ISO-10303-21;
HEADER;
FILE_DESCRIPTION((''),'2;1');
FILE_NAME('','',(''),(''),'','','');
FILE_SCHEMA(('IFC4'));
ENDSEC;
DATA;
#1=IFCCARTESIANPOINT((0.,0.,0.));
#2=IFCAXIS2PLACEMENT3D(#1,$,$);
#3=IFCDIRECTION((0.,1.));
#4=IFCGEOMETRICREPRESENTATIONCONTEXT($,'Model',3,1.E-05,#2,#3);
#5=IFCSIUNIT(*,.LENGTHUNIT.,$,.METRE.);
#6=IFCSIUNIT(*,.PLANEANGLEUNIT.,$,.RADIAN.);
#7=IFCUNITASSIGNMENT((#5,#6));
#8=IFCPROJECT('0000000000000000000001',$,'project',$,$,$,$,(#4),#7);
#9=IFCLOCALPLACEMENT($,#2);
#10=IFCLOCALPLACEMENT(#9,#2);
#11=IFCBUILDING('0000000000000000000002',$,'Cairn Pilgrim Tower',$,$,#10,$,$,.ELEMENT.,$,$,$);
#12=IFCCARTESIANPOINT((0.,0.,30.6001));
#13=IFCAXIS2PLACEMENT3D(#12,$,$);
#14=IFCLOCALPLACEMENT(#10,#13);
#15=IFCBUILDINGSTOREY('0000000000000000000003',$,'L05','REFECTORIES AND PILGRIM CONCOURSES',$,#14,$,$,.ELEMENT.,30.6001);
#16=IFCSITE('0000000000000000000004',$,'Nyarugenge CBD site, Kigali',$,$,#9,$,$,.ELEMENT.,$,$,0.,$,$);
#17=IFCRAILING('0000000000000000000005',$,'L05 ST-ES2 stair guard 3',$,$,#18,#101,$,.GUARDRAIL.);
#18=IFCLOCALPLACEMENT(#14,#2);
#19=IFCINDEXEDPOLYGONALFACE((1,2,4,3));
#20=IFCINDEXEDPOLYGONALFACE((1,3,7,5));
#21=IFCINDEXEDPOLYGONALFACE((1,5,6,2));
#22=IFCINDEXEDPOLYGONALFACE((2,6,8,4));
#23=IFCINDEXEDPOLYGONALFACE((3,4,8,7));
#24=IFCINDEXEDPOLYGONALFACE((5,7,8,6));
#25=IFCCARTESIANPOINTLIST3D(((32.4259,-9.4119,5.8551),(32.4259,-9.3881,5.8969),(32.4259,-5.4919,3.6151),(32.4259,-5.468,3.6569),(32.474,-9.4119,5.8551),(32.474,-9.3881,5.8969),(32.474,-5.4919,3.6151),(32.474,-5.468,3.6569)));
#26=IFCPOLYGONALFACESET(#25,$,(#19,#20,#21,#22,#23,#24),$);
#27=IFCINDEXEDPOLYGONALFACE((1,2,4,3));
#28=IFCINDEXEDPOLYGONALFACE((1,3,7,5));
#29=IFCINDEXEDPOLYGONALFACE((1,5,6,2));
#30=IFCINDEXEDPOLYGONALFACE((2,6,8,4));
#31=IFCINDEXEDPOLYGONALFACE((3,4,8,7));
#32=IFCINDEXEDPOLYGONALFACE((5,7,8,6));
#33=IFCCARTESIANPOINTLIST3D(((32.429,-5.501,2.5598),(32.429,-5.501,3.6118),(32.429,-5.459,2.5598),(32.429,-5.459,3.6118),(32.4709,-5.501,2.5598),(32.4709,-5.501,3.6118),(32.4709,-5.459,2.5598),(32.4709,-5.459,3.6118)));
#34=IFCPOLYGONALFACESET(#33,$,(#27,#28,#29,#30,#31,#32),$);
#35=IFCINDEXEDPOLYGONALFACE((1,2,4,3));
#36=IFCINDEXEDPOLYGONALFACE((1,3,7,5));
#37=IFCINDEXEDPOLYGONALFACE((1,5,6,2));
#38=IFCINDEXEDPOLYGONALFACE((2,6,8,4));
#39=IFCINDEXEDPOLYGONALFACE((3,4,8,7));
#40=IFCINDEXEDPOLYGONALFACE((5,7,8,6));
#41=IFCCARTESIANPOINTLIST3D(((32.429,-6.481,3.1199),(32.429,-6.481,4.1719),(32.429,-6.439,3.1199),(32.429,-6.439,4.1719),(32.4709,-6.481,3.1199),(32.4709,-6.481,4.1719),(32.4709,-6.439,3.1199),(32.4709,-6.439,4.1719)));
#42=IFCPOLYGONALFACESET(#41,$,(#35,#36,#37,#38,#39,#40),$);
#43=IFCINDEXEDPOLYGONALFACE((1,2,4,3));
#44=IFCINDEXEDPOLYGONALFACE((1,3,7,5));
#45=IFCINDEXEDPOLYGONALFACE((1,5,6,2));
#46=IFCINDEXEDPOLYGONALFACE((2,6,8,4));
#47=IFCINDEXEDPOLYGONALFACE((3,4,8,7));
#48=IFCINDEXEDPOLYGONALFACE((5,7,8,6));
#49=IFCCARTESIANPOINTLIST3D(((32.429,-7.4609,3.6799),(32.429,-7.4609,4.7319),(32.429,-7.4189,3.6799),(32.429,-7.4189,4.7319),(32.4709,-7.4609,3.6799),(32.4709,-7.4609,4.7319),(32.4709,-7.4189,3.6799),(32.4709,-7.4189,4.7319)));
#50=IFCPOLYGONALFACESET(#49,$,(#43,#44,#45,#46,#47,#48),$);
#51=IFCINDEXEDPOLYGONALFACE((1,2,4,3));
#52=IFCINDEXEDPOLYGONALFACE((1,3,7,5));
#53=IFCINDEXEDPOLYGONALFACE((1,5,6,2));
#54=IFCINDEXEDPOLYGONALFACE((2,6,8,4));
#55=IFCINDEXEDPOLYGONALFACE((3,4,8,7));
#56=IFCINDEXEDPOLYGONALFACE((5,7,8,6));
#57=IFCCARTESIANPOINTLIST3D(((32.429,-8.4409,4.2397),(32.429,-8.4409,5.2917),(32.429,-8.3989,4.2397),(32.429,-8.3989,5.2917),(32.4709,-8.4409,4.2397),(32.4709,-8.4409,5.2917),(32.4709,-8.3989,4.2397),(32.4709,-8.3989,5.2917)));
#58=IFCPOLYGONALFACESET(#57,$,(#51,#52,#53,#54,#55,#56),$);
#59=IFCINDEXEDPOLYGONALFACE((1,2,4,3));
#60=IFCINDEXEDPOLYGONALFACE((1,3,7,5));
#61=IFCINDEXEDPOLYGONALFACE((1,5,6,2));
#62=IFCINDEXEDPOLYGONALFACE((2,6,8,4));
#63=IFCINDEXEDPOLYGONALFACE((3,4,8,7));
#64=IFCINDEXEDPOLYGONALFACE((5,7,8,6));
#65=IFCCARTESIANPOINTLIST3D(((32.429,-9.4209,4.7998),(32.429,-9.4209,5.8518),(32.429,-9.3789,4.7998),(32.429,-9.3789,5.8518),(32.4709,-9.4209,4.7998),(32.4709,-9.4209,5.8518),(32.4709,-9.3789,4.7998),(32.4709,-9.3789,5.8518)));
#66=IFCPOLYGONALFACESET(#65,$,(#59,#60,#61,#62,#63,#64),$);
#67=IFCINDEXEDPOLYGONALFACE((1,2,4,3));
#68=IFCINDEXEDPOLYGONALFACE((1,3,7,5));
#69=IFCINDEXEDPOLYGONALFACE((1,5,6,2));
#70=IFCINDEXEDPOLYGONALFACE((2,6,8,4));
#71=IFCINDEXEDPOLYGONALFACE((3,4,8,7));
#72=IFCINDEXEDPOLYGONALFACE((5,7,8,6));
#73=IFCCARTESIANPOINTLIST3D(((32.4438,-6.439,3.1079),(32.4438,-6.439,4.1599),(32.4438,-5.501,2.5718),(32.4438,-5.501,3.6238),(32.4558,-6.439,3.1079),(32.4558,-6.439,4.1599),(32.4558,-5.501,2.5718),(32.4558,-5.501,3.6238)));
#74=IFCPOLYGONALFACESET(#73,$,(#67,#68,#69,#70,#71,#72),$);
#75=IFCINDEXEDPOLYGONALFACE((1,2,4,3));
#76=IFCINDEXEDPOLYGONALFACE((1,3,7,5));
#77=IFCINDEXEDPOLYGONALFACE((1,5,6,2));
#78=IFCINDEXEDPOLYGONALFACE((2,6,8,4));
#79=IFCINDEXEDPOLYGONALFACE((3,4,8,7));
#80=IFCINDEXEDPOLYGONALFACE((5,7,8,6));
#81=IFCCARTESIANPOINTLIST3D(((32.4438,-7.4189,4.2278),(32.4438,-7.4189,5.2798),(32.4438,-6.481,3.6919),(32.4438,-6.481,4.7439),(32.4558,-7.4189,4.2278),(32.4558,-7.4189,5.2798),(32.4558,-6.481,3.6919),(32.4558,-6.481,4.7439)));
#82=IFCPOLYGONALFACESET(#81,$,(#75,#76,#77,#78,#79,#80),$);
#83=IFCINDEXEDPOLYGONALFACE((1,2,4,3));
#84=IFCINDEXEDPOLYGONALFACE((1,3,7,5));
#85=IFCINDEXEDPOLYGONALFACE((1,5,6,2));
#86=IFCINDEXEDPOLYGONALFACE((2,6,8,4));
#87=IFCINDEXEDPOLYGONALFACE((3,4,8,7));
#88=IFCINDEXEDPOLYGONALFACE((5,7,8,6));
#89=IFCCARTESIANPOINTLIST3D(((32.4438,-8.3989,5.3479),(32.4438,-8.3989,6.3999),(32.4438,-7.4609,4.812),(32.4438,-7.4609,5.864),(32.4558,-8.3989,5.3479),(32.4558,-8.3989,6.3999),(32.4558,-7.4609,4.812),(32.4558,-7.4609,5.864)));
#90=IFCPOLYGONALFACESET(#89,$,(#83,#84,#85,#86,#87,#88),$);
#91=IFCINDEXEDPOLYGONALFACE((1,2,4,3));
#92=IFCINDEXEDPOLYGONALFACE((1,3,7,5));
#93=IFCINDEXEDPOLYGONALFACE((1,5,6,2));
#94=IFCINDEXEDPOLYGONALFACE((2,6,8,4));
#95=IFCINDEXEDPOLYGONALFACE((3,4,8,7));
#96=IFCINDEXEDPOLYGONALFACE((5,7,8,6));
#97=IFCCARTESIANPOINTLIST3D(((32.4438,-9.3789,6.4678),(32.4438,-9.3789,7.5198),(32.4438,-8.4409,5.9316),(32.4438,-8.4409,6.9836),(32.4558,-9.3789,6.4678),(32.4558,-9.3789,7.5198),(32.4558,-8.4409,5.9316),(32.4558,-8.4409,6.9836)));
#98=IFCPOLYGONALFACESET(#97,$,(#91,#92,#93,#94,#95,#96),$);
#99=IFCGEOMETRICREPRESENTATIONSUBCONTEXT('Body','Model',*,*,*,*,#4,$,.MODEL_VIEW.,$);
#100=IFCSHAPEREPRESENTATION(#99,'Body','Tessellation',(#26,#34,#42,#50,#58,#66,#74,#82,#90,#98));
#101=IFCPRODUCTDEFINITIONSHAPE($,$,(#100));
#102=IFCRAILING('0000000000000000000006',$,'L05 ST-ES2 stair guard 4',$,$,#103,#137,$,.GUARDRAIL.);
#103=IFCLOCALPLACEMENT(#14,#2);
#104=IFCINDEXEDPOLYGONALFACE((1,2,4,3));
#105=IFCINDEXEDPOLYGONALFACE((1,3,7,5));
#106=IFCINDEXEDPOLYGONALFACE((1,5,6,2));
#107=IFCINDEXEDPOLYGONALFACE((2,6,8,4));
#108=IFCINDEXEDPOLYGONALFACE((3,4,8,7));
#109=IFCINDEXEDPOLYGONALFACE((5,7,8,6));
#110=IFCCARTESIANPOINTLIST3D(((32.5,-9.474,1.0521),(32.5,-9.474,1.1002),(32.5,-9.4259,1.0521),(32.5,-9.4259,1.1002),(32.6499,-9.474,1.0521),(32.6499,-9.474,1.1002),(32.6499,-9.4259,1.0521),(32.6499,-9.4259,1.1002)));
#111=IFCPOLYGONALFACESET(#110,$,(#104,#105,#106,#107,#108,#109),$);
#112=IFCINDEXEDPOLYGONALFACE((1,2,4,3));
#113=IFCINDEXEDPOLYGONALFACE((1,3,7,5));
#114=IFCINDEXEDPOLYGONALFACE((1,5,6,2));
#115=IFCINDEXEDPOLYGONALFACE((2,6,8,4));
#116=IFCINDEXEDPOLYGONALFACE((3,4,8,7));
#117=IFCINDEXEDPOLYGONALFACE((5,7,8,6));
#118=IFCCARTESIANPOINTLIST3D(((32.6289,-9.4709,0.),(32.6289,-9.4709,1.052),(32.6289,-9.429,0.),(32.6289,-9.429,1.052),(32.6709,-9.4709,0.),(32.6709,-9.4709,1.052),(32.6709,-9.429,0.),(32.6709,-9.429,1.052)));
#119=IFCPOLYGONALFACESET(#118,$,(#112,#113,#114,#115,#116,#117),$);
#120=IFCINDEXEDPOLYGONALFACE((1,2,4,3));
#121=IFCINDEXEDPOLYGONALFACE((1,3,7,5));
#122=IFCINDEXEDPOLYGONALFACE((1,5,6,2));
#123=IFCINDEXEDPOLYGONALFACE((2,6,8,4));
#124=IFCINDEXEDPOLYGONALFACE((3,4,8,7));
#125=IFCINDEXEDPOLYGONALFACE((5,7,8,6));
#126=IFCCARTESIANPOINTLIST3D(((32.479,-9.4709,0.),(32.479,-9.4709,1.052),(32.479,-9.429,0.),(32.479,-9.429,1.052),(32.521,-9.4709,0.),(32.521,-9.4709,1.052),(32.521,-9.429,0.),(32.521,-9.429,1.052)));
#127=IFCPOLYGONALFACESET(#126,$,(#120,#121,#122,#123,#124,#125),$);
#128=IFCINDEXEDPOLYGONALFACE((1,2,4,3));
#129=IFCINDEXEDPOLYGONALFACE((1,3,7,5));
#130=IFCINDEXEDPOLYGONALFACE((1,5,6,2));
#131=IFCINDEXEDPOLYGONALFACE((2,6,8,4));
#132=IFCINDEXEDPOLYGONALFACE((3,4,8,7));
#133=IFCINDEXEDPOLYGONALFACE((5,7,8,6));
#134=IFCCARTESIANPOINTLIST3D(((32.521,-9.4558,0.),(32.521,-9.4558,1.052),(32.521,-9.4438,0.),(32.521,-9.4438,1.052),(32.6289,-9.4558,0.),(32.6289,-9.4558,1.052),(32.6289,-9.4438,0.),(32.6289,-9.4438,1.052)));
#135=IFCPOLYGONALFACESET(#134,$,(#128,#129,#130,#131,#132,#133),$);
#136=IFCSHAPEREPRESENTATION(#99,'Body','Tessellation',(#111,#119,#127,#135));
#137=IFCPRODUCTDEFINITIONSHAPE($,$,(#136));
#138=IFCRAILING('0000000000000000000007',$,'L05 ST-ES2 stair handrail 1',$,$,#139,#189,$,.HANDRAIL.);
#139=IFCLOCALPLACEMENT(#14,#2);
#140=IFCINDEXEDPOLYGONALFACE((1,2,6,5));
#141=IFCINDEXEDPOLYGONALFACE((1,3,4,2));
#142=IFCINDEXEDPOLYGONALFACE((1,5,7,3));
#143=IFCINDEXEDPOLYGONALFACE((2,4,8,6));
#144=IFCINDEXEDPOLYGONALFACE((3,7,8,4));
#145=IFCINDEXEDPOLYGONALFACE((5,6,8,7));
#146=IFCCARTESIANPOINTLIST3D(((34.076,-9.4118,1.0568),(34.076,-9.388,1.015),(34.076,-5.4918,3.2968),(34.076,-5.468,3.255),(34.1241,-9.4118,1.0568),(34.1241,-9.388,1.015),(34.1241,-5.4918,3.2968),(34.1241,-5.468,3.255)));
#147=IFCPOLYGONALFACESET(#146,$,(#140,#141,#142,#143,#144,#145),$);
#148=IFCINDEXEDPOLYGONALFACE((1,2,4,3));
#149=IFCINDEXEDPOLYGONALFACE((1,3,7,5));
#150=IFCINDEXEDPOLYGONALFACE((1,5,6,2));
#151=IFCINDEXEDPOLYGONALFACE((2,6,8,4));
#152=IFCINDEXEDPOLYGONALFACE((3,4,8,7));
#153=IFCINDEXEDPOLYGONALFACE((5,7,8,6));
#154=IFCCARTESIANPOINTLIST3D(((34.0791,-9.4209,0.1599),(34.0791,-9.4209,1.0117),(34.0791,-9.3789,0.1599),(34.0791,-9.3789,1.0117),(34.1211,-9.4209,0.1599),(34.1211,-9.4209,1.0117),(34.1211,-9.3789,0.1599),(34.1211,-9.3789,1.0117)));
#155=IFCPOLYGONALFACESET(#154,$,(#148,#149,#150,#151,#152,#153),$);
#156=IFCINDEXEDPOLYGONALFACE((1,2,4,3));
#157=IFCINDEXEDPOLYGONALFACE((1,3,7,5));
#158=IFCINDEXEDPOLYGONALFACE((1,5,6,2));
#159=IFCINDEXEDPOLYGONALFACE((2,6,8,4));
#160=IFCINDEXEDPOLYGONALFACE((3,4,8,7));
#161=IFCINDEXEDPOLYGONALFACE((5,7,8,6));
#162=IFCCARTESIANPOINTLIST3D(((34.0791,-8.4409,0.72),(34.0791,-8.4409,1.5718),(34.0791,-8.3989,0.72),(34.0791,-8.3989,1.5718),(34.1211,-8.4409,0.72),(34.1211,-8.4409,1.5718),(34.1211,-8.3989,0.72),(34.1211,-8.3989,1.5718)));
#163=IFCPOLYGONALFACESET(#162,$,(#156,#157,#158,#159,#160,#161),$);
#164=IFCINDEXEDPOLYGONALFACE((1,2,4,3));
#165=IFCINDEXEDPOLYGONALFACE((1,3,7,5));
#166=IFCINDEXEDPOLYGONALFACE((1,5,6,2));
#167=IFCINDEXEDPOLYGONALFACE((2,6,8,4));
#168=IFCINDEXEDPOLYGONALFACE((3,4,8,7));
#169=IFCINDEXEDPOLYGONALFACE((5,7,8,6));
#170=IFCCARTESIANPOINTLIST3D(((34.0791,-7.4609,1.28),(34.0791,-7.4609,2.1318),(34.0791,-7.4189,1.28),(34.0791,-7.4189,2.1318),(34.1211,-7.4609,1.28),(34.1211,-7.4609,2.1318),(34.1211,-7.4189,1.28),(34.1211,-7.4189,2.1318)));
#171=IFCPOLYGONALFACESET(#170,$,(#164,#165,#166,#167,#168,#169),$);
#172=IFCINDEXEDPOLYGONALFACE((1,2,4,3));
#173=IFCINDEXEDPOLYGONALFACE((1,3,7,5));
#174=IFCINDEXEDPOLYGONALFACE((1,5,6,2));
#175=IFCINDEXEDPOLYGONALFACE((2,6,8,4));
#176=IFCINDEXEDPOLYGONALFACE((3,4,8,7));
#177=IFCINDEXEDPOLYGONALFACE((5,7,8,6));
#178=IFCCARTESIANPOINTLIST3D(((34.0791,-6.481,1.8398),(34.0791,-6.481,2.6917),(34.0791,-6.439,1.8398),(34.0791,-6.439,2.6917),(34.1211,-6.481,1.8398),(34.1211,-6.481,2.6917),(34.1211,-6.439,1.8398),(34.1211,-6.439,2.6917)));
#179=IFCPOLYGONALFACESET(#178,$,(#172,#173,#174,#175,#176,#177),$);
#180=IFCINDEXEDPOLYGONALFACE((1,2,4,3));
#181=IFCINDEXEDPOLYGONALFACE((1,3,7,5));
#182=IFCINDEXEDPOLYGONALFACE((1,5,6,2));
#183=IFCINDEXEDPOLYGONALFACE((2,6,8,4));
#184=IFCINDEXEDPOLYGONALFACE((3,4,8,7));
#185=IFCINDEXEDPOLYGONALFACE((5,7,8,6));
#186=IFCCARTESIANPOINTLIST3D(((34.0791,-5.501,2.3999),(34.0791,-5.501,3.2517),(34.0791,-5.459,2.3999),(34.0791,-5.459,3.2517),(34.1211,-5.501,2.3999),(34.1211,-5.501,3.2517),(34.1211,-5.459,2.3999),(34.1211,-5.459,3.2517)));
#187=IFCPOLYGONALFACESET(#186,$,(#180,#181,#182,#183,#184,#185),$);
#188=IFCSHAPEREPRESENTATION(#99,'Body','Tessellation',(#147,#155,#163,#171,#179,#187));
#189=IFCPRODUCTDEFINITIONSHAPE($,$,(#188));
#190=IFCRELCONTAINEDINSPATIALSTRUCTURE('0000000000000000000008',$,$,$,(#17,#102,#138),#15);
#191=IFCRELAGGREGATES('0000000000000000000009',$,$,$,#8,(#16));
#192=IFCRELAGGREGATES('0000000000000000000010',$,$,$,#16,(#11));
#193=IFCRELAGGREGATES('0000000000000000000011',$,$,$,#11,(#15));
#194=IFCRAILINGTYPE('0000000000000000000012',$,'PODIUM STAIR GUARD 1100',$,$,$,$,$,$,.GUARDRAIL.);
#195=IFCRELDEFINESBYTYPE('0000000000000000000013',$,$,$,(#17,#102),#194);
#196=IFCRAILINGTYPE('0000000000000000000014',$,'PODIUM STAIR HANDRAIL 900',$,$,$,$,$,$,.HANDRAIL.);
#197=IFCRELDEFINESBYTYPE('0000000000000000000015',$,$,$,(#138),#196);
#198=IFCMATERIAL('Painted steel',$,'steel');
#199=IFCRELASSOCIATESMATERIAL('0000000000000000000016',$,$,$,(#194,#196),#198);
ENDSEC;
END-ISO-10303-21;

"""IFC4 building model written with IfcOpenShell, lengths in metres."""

from ifc_helpers import new_model, si_unit, direction, frame, origin, origin_2d, place, context, subcontext, project, spatial, polyline, rectangle, outline, extrude, material, type_object, element, save


model = new_model("IFC4")

# Units and contexts
model_context = context("Model", 3, precision=1e-05, world=origin(), true_north=direction((0.0, 1.0)))
body_context = subcontext(model_context, "Body", "Model", "MODEL_VIEW")
ifc_project = project(units=[si_unit("LENGTHUNIT", "METRE"), si_unit("PLANEANGLEUNIT", "RADIAN")], contexts=[model_context])

# Site, building, storey
site_placement = place(None, origin())
site = spatial("IfcSite", under=ifc_project, at=site_placement, Name="Nyarugenge CBD site, Kigali", CompositionType="ELEMENT", RefElevation=0.0)
building_placement = place(site_placement, origin())
building = spatial("IfcBuilding", under=site, at=building_placement, Name="Cairn Pilgrim Tower", CompositionType="ELEMENT")
storey_placement = place(building_placement, frame((0.0, 0.0, 30.6001)))
storey = spatial("IfcBuildingStorey", under=building, at=storey_placement, Name="L05", Description="REFECTORIES AND PILGRIM CONCOURSES", CompositionType="ELEMENT", Elevation=30.6001)

# Railings
ifc_material_1 = material(Name="Painted steel", Category="steel")
railing_type_1 = type_object("IfcRailingType", Name="PODIUM STAIR GUARD 1100", PredefinedType="GUARDRAIL", material=ifc_material_1)
railing_1_placement = place(storey_placement, frame((32.45, -5.48, 2.5598)))
element("IfcRailing", 1, at=railing_1_placement, inside=storey, type_object=railing_type_1, Name="L05 ST-ES2 stair guard 3", PredefinedType="GUARDRAIL", context=body_context, shape_type="SweptSolid", body=[
    extrude(rectangle(XDim=0.0481, YDim=0.0481, at=origin_2d()), frame((0.0, 0.0, 1.0762), z_axis=(0.0, -0.86824, 0.496145), x_axis=(1.0, 0.0, 0.0)), (0.0, 0.0, 1.0), 4.5149),
    extrude(rectangle(XDim=0.042, YDim=0.042, at=origin_2d()), origin(), (0.0, 0.0, 1.0), 1.052),
    extrude(rectangle(XDim=0.042, YDim=0.042, at=origin_2d()), frame((0.0, -0.98, 0.5601)), (0.0, 0.0, 1.0), 1.052),
    extrude(rectangle(XDim=0.042, YDim=0.042, at=origin_2d()), frame((0.0, -1.96, 1.1201)), (0.0, 0.0, 1.0), 1.052),
    extrude(rectangle(XDim=0.042, YDim=0.042, at=origin_2d()), frame((0.0, -2.9399, 1.6799)), (0.0, 0.0, 1.0), 1.052),
    extrude(rectangle(XDim=0.042, YDim=0.042, at=origin_2d()), frame((0.0, -3.9199, 2.24)), (0.0, 0.0, 1.0), 1.052),
    extrude(outline(polyline([(0.021, 0.012), (0.959, 0.5481), (0.959, 1.6001), (0.021, 1.064), (0.021, 0.012)])), frame((0.0059, 0.0, 0.0), z_axis=(-1.0, 0.0, 0.0), x_axis=(0.0, -1.0, 0.0)), (0.0, 0.0, 1.0), 0.012),
    extrude(outline(polyline([(0.021, 0.572), (0.959, 1.1079), (0.959, 2.1599), (0.021, 1.624), (0.021, 0.572)])), frame((0.0059, -0.98, 0.5601), z_axis=(-1.0, 0.0, 0.0), x_axis=(0.0, -1.0, 0.0)), (0.0, 0.0, 1.0), 0.012),
    extrude(outline(polyline([(0.021, 1.1321), (0.959, 1.668), (0.959, 2.72), (0.021, 2.1841), (0.021, 1.1321)])), frame((0.0059, -1.96, 1.1201), z_axis=(-1.0, 0.0, 0.0), x_axis=(0.0, -1.0, 0.0)), (0.0, 0.0, 1.0), 0.012),
    extrude(outline(polyline([(0.021, 1.6919), (0.959, 2.228), (0.959, 3.28), (0.021, 2.7439), (0.021, 1.6919)])), frame((0.0059, -2.9399, 1.6799), z_axis=(-1.0, 0.0, 0.0), x_axis=(0.0, -1.0, 0.0)), (0.0, 0.0, 1.0), 0.012),
])
railing_2_placement = place(storey_placement, frame((32.6499, -9.45, 0.0)))
element("IfcRailing", 2, at=railing_2_placement, inside=storey, type_object=railing_type_1, Name="L05 ST-ES2 stair guard 4", PredefinedType="GUARDRAIL", context=body_context, shape_type="SweptSolid", body=[
    extrude(rectangle(XDim=0.0481, YDim=0.0481, at=origin_2d()), frame((0.0, 0.0, 1.0762), z_axis=(-1.0, 0.0, 0.0), x_axis=(0.0, -1.0, 0.0)), (0.0, 0.0, 1.0), 0.1499),
    extrude(rectangle(XDim=0.042, YDim=0.042, at=origin_2d()), origin(), (0.0, 0.0, 1.0), 1.052),
    extrude(rectangle(XDim=0.042, YDim=0.042, at=origin_2d()), frame((-0.1499, 0.0, 0.0)), (0.0, 0.0, 1.0), 1.052),
    extrude(outline(polyline([(0.021, 0.0), (0.1289, 0.0), (0.1289, 1.052), (0.021, 1.052), (0.021, 0.0)])), frame((0.0, -0.0059, 0.0), z_axis=(0.0, 1.0, 0.0), x_axis=(-1.0, 0.0, 0.0)), (0.0, 0.0, 1.0), 0.012),
])
railing_type_2 = type_object("IfcRailingType", Name="PODIUM STAIR HANDRAIL 900", PredefinedType="HANDRAIL", material=ifc_material_1)
railing_3_placement = place(storey_placement, frame((34.1001, -9.3999, 0.1599)))
element("IfcRailing", 3, at=railing_3_placement, inside=storey, type_object=railing_type_2, Name="L05 ST-ES2 stair handrail 1", PredefinedType="HANDRAIL", context=body_context, shape_type="SweptSolid", body=[
    extrude(rectangle(XDim=0.0481, YDim=0.0481, at=origin_2d()), frame((0.0, 0.0, 0.876), z_axis=(0.0, 0.86824, 0.496145), x_axis=(-1.0, 0.0, 0.0)), (0.0, 0.0, 1.0), 4.5149),
    extrude(rectangle(XDim=0.042, YDim=0.042, at=origin_2d()), origin(), (0.0, 0.0, 1.0), 0.8518),
    extrude(rectangle(XDim=0.042, YDim=0.042, at=origin_2d()), frame((0.0, 0.98, 0.5601)), (0.0, 0.0, 1.0), 0.8518),
    extrude(rectangle(XDim=0.042, YDim=0.042, at=origin_2d()), frame((0.0, 1.96, 1.1201)), (0.0, 0.0, 1.0), 0.8518),
    extrude(rectangle(XDim=0.042, YDim=0.042, at=origin_2d()), frame((0.0, 2.9399, 1.6799)), (0.0, 0.0, 1.0), 0.8518),
    extrude(rectangle(XDim=0.042, YDim=0.042, at=origin_2d()), frame((0.0, 3.9199, 2.24)), (0.0, 0.0, 1.0), 0.8518),
])

save(model, "model.ifc")
